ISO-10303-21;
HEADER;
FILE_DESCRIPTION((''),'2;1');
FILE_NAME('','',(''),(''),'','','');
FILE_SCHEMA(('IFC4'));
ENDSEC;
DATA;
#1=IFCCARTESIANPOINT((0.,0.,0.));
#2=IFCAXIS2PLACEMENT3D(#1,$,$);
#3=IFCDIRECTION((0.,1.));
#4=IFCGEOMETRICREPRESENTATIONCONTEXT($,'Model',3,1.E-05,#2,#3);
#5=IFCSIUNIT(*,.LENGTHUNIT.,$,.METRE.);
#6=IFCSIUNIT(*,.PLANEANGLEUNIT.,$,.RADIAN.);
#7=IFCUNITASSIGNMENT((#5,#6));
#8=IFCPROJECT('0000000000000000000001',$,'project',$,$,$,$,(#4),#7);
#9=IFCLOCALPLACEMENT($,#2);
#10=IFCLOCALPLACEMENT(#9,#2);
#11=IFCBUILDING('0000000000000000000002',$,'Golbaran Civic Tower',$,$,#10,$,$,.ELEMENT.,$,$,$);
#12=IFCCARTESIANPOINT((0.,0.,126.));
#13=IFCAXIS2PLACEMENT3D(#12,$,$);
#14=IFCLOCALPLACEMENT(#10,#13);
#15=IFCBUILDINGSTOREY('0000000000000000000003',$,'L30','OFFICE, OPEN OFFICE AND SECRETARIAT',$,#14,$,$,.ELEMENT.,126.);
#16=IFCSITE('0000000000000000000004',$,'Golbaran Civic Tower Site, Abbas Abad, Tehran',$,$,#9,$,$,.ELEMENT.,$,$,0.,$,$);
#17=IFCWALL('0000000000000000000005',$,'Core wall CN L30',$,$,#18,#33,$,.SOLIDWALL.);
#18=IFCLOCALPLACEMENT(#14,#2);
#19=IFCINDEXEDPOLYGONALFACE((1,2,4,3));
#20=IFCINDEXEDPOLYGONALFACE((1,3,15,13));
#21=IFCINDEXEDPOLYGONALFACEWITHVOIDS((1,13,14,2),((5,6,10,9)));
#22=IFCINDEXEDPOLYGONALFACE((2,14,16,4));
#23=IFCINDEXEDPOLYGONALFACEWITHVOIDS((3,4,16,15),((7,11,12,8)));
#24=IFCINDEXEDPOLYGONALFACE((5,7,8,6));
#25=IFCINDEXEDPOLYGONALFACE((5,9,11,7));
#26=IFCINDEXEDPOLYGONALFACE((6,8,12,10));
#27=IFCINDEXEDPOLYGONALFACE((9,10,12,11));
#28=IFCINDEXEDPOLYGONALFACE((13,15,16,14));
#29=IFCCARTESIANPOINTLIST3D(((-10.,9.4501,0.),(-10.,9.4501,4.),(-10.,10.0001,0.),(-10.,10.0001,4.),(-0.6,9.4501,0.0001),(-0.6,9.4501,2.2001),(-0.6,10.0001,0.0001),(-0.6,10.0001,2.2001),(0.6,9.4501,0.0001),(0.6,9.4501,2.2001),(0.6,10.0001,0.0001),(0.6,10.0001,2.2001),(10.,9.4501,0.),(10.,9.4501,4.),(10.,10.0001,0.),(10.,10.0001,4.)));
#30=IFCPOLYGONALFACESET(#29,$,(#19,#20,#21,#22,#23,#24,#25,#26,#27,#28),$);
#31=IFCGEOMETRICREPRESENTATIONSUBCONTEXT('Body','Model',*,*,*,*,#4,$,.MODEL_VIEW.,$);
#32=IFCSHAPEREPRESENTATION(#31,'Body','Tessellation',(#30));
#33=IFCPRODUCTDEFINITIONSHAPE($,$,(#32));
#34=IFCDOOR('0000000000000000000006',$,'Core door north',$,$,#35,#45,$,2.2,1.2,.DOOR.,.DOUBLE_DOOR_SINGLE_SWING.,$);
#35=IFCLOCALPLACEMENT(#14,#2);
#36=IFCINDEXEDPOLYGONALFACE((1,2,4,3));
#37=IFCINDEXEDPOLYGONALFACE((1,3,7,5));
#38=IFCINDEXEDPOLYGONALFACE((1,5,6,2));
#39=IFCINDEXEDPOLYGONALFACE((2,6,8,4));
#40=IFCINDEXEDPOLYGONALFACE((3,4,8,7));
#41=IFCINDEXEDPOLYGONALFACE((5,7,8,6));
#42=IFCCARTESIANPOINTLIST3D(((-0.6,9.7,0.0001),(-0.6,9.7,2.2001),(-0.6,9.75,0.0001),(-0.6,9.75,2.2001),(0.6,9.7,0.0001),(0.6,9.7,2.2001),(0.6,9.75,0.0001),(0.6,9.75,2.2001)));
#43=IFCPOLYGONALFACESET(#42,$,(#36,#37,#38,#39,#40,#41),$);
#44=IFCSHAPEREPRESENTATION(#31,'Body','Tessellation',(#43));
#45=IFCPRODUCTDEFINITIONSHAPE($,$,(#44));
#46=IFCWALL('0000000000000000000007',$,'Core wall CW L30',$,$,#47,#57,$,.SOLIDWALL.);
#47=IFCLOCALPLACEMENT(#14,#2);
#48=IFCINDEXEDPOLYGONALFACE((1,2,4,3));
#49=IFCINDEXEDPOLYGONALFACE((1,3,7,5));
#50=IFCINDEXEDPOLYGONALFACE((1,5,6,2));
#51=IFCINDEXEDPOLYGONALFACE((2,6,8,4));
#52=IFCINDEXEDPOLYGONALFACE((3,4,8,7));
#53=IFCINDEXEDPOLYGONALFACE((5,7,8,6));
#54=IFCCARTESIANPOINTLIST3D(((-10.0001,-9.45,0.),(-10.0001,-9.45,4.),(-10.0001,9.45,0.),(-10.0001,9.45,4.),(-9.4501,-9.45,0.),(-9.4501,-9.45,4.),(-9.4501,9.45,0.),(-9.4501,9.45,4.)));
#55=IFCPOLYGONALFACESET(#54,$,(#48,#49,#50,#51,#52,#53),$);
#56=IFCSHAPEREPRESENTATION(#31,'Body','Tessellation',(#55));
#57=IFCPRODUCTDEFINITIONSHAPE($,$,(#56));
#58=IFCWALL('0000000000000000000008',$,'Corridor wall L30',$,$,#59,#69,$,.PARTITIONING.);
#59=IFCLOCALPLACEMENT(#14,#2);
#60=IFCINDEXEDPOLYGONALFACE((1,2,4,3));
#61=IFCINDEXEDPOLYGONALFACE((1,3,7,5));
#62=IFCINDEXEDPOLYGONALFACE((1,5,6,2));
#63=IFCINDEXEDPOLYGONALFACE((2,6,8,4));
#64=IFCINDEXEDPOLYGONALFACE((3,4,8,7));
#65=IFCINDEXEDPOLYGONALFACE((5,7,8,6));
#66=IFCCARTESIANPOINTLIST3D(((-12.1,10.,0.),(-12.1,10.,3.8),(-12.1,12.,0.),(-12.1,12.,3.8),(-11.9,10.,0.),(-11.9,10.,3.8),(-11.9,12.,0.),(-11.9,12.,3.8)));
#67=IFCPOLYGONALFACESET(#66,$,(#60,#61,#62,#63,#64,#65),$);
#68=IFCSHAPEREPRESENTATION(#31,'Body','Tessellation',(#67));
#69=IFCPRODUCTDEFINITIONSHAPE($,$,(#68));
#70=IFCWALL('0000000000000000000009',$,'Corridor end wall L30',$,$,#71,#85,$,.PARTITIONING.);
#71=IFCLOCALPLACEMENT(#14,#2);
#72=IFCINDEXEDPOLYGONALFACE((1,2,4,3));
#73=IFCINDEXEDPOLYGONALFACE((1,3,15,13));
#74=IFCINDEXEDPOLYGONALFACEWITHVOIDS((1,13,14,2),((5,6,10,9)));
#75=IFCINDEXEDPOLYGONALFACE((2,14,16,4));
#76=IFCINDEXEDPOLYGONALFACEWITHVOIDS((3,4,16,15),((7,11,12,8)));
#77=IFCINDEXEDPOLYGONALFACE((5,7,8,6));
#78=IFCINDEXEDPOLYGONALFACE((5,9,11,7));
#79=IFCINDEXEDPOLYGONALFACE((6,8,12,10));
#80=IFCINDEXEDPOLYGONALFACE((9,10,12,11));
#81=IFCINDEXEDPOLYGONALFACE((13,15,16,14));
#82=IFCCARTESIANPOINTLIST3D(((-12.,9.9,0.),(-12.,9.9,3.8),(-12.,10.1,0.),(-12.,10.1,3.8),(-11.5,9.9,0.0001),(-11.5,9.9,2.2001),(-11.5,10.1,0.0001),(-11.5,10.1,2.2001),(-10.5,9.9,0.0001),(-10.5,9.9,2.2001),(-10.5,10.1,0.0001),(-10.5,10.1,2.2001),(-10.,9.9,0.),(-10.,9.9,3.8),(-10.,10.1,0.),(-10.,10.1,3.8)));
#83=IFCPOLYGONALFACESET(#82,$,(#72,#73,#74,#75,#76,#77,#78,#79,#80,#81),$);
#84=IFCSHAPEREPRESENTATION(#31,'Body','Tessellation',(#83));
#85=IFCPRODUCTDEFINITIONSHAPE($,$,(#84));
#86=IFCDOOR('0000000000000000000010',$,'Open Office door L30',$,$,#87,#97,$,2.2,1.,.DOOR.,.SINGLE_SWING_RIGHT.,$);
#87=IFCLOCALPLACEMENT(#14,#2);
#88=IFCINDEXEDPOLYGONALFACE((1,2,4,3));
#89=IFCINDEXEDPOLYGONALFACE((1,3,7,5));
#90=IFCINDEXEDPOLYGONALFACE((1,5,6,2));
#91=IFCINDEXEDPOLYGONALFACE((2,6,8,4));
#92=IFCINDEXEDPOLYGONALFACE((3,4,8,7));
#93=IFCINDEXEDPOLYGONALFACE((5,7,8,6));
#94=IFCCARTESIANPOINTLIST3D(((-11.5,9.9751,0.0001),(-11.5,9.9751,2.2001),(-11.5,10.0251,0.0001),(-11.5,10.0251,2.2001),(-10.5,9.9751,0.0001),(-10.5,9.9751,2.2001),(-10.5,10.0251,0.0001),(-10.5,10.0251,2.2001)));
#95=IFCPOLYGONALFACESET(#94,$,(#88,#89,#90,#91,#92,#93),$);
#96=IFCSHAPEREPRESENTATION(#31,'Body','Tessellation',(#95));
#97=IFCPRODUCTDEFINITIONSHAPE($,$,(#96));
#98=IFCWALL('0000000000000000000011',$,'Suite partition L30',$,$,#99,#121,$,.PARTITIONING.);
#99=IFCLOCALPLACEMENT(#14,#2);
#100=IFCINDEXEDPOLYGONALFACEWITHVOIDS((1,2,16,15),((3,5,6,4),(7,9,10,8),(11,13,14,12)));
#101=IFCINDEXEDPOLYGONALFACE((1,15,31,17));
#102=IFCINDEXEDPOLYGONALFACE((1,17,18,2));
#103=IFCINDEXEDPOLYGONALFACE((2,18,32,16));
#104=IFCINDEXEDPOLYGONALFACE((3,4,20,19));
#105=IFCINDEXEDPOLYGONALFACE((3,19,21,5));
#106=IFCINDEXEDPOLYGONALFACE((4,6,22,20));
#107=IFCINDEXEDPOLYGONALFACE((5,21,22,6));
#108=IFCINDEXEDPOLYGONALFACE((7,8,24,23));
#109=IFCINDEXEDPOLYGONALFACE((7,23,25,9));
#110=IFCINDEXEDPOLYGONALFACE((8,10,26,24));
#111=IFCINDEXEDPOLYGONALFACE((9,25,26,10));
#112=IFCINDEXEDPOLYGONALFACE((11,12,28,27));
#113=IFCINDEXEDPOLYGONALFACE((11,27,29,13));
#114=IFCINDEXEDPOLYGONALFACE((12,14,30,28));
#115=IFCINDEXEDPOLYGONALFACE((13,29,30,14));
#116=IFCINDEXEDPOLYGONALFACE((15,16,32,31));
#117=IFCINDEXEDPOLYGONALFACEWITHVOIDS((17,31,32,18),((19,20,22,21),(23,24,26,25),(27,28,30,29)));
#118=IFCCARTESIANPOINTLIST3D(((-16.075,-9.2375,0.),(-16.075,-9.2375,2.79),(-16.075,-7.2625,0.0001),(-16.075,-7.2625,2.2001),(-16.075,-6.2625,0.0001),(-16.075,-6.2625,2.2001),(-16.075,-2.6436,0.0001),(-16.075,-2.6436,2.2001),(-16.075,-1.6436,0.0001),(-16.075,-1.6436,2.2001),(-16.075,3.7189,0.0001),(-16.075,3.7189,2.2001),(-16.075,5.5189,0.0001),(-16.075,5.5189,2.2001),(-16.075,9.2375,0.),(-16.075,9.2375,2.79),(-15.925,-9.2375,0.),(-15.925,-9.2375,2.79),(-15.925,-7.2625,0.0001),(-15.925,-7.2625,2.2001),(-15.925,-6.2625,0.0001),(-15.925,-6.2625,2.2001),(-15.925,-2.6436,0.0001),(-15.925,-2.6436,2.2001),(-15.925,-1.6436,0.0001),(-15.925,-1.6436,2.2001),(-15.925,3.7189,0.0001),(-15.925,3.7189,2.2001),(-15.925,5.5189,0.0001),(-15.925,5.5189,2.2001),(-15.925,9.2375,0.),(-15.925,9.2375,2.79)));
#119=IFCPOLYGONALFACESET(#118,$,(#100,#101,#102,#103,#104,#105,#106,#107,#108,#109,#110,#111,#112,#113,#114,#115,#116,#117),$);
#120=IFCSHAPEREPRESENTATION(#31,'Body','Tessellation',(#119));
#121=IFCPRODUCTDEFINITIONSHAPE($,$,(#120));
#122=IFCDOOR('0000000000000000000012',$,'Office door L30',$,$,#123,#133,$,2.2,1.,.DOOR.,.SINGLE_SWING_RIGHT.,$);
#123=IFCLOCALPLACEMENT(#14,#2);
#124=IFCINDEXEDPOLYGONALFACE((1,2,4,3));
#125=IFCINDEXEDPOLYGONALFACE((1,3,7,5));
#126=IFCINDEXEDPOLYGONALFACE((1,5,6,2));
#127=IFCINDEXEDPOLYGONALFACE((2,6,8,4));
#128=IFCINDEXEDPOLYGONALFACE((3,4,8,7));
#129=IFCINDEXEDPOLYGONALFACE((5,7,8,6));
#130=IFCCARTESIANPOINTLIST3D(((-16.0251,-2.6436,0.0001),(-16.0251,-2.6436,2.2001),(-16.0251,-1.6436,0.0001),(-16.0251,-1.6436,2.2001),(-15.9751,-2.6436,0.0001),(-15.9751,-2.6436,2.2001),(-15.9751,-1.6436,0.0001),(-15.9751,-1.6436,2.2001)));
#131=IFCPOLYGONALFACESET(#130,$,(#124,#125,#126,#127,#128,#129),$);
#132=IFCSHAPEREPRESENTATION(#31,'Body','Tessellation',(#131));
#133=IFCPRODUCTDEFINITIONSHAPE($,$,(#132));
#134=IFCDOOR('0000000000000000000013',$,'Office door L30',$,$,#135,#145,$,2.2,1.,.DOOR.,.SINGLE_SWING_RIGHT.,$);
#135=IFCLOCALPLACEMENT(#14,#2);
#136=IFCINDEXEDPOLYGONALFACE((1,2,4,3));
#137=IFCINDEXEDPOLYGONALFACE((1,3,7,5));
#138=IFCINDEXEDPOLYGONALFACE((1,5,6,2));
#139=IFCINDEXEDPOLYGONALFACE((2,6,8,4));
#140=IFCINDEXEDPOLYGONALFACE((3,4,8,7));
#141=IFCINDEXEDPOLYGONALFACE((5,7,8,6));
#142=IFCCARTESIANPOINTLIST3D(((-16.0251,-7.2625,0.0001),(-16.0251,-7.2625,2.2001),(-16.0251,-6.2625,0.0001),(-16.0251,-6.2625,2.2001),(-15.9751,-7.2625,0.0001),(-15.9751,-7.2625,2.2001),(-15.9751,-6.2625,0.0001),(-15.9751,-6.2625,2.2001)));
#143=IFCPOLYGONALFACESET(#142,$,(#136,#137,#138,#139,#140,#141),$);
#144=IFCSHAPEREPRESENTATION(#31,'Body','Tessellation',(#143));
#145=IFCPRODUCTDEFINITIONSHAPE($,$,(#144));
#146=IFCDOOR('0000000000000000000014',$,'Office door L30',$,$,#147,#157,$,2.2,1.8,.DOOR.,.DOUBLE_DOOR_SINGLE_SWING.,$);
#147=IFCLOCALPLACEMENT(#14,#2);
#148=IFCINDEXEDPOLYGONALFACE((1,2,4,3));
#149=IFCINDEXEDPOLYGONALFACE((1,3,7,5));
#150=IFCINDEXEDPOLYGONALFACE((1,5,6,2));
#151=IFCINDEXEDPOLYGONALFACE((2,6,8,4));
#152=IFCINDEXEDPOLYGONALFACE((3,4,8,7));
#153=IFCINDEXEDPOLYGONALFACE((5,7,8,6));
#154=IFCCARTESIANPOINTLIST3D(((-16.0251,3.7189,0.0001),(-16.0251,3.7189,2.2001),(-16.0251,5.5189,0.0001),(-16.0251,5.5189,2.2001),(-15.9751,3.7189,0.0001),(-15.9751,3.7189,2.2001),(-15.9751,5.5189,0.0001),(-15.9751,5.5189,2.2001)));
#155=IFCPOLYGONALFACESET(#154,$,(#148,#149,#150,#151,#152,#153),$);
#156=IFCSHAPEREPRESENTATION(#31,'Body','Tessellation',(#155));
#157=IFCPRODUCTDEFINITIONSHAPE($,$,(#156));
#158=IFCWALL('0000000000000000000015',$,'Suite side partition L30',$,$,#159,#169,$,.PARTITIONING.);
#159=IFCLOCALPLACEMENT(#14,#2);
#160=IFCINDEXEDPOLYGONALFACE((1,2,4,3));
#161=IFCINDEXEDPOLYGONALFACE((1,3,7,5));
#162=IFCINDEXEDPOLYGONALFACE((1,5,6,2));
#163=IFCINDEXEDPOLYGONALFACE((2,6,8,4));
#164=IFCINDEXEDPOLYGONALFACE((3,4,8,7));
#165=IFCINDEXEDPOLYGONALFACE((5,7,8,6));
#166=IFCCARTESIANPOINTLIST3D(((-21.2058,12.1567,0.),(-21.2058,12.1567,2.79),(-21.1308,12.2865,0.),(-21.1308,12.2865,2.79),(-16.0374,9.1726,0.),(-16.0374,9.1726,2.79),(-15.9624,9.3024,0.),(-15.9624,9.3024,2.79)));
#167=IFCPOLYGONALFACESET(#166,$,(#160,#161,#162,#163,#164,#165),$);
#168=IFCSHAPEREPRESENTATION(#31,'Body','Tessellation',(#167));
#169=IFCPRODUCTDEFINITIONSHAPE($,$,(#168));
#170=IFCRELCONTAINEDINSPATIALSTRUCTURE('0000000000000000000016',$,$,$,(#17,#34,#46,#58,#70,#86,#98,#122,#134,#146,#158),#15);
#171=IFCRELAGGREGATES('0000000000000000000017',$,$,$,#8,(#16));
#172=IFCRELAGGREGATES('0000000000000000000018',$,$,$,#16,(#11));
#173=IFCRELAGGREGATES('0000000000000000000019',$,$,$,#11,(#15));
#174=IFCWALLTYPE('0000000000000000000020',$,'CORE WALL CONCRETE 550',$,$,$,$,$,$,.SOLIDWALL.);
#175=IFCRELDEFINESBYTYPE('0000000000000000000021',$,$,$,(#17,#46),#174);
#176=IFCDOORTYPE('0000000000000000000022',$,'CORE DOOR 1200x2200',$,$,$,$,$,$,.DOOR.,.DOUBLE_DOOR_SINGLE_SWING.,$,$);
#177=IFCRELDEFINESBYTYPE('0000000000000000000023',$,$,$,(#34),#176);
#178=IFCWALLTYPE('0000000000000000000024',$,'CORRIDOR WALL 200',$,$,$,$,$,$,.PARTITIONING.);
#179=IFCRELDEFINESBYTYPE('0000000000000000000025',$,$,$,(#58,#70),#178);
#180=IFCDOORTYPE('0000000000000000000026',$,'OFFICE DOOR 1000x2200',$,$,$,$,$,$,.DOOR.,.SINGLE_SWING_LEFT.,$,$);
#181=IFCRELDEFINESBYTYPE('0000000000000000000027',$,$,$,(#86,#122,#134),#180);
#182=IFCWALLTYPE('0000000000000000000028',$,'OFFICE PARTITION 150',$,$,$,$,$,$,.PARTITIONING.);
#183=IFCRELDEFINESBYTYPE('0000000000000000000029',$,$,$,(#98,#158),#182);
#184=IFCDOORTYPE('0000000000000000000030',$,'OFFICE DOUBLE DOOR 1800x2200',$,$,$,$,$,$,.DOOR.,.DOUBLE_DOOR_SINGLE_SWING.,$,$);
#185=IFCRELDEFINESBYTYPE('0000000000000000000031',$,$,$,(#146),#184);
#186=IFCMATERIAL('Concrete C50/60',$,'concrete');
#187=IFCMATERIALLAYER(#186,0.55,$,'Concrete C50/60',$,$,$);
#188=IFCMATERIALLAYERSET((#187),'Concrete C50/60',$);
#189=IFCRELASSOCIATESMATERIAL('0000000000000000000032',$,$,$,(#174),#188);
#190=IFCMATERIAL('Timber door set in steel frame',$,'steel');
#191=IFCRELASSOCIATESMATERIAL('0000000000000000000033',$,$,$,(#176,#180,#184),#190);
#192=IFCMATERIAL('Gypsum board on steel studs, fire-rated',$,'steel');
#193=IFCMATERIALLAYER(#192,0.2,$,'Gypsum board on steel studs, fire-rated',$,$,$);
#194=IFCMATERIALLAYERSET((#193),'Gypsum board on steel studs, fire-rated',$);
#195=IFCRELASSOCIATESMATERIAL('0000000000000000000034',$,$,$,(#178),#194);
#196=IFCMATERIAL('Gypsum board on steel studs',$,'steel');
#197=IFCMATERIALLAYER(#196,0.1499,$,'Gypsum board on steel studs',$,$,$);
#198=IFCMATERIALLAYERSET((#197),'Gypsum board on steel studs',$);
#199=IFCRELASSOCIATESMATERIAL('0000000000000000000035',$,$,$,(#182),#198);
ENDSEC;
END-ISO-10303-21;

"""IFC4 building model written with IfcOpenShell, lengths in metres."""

from ifc_helpers import new_model, si_unit, direction, frame, frame_2d, origin, place, context, subcontext, project, spatial, rectangle, extrude, material, layer, layer_set, type_object, element, fill, save


model = new_model("IFC4")

# Units and contexts
model_context = context("Model", 3, precision=1e-05, world=origin(), true_north=direction((0.0, 1.0)))
body_context = subcontext(model_context, "Body", "Model", "MODEL_VIEW")
ifc_project = project(units=[si_unit("LENGTHUNIT", "METRE"), si_unit("PLANEANGLEUNIT", "RADIAN")], contexts=[model_context])

# Site, building, storey
site_placement = place(None, origin())
site = spatial("IfcSite", under=ifc_project, at=site_placement, Name="Golbaran Civic Tower Site, Abbas Abad, Tehran", CompositionType="ELEMENT", RefElevation=0.0)
building_placement = place(site_placement, origin())
building = spatial("IfcBuilding", under=site, at=building_placement, Name="Golbaran Civic Tower", CompositionType="ELEMENT")
storey_placement = place(building_placement, frame((0.0, 0.0, 126.0)))
storey = spatial("IfcBuildingStorey", under=building, at=storey_placement, Name="L30", Description="OFFICE, OPEN OFFICE AND SECRETARIAT", CompositionType="ELEMENT", Elevation=126.0)

# Wall, opening, door
ifc_material_1 = material(Name="Concrete C50/60", Category="concrete")
ifc_layer_1 = layer(ifc_material_1, 0.55, Name="Concrete C50/60")
ifc_layer_set_1 = layer_set([ifc_layer_1], Name="Concrete C50/60")
wall_type_1 = type_object("IfcWallType", Name="CORE WALL CONCRETE 550", PredefinedType="SOLIDWALL", material=ifc_layer_set_1)
wall_1_placement = place(storey_placement, frame((-10.0, 9.7251, 0.0), z_axis=(0.0, 0.0, 1.0), x_axis=(1.0, 0.0, 0.0)))
wall_1 = element("IfcWall", 1, at=wall_1_placement, inside=storey, type_object=wall_type_1, Name="Core wall CN L30", PredefinedType="SOLIDWALL", context=body_context, shape_type="SweptSolid", body=[
    extrude(rectangle(XDim=20.0, YDim=0.55, at=frame_2d((10.0, 0.0))), origin(), (0.0, 0.0, 1.0), 4.0),
])
opening_1_placement = place(wall_1_placement, frame((9.3999, 0.0, 0.0)))
opening_1 = element("IfcOpeningElement", 2, at=opening_1_placement, cuts=wall_1, PredefinedType="OPENING", context=body_context, shape_type="SweptSolid", body=[
    extrude(rectangle(XDim=1.2, YDim=2.2, at=frame_2d((0.6001, 1.1001))), frame((0.0, 0.2849, 0.0), z_axis=(0.0, -1.0, 0.0), x_axis=(1.0, 0.0, 0.0)), (0.0, 0.0, 1.0), 0.5701),
])
ifc_material_2 = material(Name="Timber door set in steel frame", Category="steel")
door_type_1 = type_object("IfcDoorType", Name="CORE DOOR 1200x2200", OperationType="DOUBLE_DOOR_SINGLE_SWING", PredefinedType="DOOR", material=ifc_material_2)
door_1_placement = place(opening_1_placement, origin())
door_1 = element("IfcDoor", 3, at=door_1_placement, inside=storey, type_object=door_type_1, Name="Core door north", OperationType="DOUBLE_DOOR_SINGLE_SWING", OverallHeight=2.2, OverallWidth=1.2, PredefinedType="DOOR", context=body_context, shape_type="SweptSolid", body=[
    extrude(rectangle(XDim=1.2, YDim=2.2, at=frame_2d((0.6001, 1.1001))), frame((0.0, 0.0249, 0.0), z_axis=(0.0, -1.0, 0.0), x_axis=(1.0, 0.0, 0.0)), (0.0, 0.0, 1.0), 0.05),
])
fill(opening_1, door_1)

# Walls
wall_2_placement = place(storey_placement, frame((-9.7251, 9.45, 0.0), z_axis=(0.0, 0.0, 1.0), x_axis=(0.0, -1.0, 0.0)))
element("IfcWall", 4, at=wall_2_placement, inside=storey, type_object=wall_type_1, Name="Core wall CW L30", PredefinedType="SOLIDWALL", context=body_context, shape_type="SweptSolid", body=[
    extrude(rectangle(XDim=18.8999, YDim=0.55, at=frame_2d((9.45, 0.0))), origin(), (0.0, 0.0, 1.0), 4.0),
])
ifc_material_3 = material(Name="Gypsum board on steel studs, fire-rated", Category="steel")
ifc_layer_2 = layer(ifc_material_3, 0.2, Name="Gypsum board on steel studs, fire-rated")
ifc_layer_set_2 = layer_set([ifc_layer_2], Name="Gypsum board on steel studs, fire-rated")
wall_type_2 = type_object("IfcWallType", Name="CORRIDOR WALL 200", PredefinedType="PARTITIONING", material=ifc_layer_set_2)
wall_3_placement = place(storey_placement, frame((-12.0, 12.0, 0.0), z_axis=(0.0, 0.0, 1.0), x_axis=(0.0, -1.0, 0.0)))
element("IfcWall", 5, at=wall_3_placement, inside=storey, type_object=wall_type_2, Name="Corridor wall L30", PredefinedType="PARTITIONING", context=body_context, shape_type="SweptSolid", body=[
    extrude(rectangle(XDim=2.0, YDim=0.2, at=frame_2d((1.0, 0.0))), origin(), (0.0, 0.0, 1.0), 3.8),
])

# Wall, opening, door
wall_4_placement = place(storey_placement, frame((-10.0, 10.0, 0.0), z_axis=(0.0, 0.0, 1.0), x_axis=(-1.0, 0.0, 0.0)))
wall_4 = element("IfcWall", 6, at=wall_4_placement, inside=storey, type_object=wall_type_2, Name="Corridor end wall L30", PredefinedType="PARTITIONING", context=body_context, shape_type="SweptSolid", body=[
    extrude(rectangle(XDim=2.0, YDim=0.2, at=frame_2d((1.0, 0.0))), origin(), (0.0, 0.0, 1.0), 3.8),
])
opening_2_placement = place(wall_4_placement, frame((0.5, 0.0, 0.0)))
opening_2 = element("IfcOpeningElement", 7, at=opening_2_placement, cuts=wall_4, PredefinedType="OPENING", context=body_context, shape_type="SweptSolid", body=[
    extrude(rectangle(XDim=1.0, YDim=2.2, at=frame_2d((0.5, 1.1001))), frame((0.0, 0.1099, 0.0), z_axis=(0.0, -1.0, 0.0), x_axis=(1.0, 0.0, 0.0)), (0.0, 0.0, 1.0), 0.22),
])
door_type_2 = type_object("IfcDoorType", Name="OFFICE DOOR 1000x2200", OperationType="SINGLE_SWING_LEFT", PredefinedType="DOOR", material=ifc_material_2)
door_2_placement = place(opening_2_placement, origin())
door_2 = element("IfcDoor", 8, at=door_2_placement, inside=storey, type_object=door_type_2, Name="Open Office door L30", OperationType="SINGLE_SWING_RIGHT", OverallHeight=2.2, OverallWidth=1.0, PredefinedType="DOOR", context=body_context, shape_type="SweptSolid", body=[
    extrude(rectangle(XDim=1.0, YDim=2.2, at=frame_2d((0.5, 1.1001))), frame((0.0, 0.0249, 0.0), z_axis=(0.0, -1.0, 0.0), x_axis=(1.0, 0.0, 0.0)), (0.0, 0.0, 1.0), 0.05),
])
fill(opening_2, door_2)

# Wall, openings, doors
ifc_material_4 = material(Name="Gypsum board on steel studs", Category="steel")
ifc_layer_3 = layer(ifc_material_4, 0.1499, Name="Gypsum board on steel studs")
ifc_layer_set_3 = layer_set([ifc_layer_3], Name="Gypsum board on steel studs")
wall_type_3 = type_object("IfcWallType", Name="OFFICE PARTITION 150", PredefinedType="PARTITIONING", material=ifc_layer_set_3)
wall_5_placement = place(storey_placement, frame((-16.0, 9.2375, 0.0), z_axis=(0.0, 0.0, 1.0), x_axis=(0.0, -1.0, 0.0)))
wall_5 = element("IfcWall", 9, at=wall_5_placement, inside=storey, type_object=wall_type_3, Name="Suite partition L30", PredefinedType="PARTITIONING", context=body_context, shape_type="SweptSolid", body=[
    extrude(rectangle(XDim=18.4751, YDim=0.1499, at=frame_2d((9.2375, 0.0))), origin(), (0.0, 0.0, 1.0), 2.79),
])
opening_3_placement = place(wall_5_placement, frame((3.7188, 0.0, 0.0)))
opening_3 = element("IfcOpeningElement", 10, at=opening_3_placement, cuts=wall_5, PredefinedType="OPENING", context=body_context, shape_type="SweptSolid", body=[
    extrude(rectangle(XDim=1.8, YDim=2.2, at=frame_2d((0.8999, 1.1001))), frame((0.0, 0.085, 0.0), z_axis=(0.0, -1.0, 0.0), x_axis=(1.0, 0.0, 0.0)), (0.0, 0.0, 1.0), 0.1699),
])
opening_4_placement = place(wall_5_placement, frame((10.8811, 0.0, 0.0)))
opening_4 = element("IfcOpeningElement", 11, at=opening_4_placement, cuts=wall_5, PredefinedType="OPENING", context=body_context, shape_type="SweptSolid", body=[
    extrude(rectangle(XDim=1.0, YDim=2.2, at=frame_2d((0.5, 1.1001))), frame((0.0, 0.085, 0.0), z_axis=(0.0, -1.0, 0.0), x_axis=(1.0, 0.0, 0.0)), (0.0, 0.0, 1.0), 0.1699),
])
opening_5_placement = place(wall_5_placement, frame((15.5, 0.0, 0.0)))
opening_5 = element("IfcOpeningElement", 12, at=opening_5_placement, cuts=wall_5, PredefinedType="OPENING", context=body_context, shape_type="SweptSolid", body=[
    extrude(rectangle(XDim=1.0, YDim=2.2, at=frame_2d((0.5, 1.1001))), frame((0.0, 0.085, 0.0), z_axis=(0.0, -1.0, 0.0), x_axis=(1.0, 0.0, 0.0)), (0.0, 0.0, 1.0), 0.1699),
])
door_3_placement = place(opening_4_placement, origin())
door_3 = element("IfcDoor", 13, at=door_3_placement, inside=storey, type_object=door_type_2, Name="Office door L30", OperationType="SINGLE_SWING_RIGHT", OverallHeight=2.2, OverallWidth=1.0, PredefinedType="DOOR", context=body_context, shape_type="SweptSolid", body=[
    extrude(rectangle(XDim=1.0, YDim=2.2, at=frame_2d((0.5, 1.1001))), frame((0.0, 0.0249, 0.0), z_axis=(0.0, -1.0, 0.0), x_axis=(1.0, 0.0, 0.0)), (0.0, 0.0, 1.0), 0.05),
])
fill(opening_4, door_3)
door_4_placement = place(opening_5_placement, origin())
door_4 = element("IfcDoor", 14, at=door_4_placement, inside=storey, type_object=door_type_2, Name="Office door L30", OperationType="SINGLE_SWING_RIGHT", OverallHeight=2.2, OverallWidth=1.0, PredefinedType="DOOR", context=body_context, shape_type="SweptSolid", body=[
    extrude(rectangle(XDim=1.0, YDim=2.2, at=frame_2d((0.5, 1.1001))), frame((0.0, 0.0249, 0.0), z_axis=(0.0, -1.0, 0.0), x_axis=(1.0, 0.0, 0.0)), (0.0, 0.0, 1.0), 0.05),
])
fill(opening_5, door_4)
door_type_3 = type_object("IfcDoorType", Name="OFFICE DOUBLE DOOR 1800x2200", OperationType="DOUBLE_DOOR_SINGLE_SWING", PredefinedType="DOOR", material=ifc_material_2)
door_5_placement = place(opening_3_placement, origin())
door_5 = element("IfcDoor", 15, at=door_5_placement, inside=storey, type_object=door_type_3, Name="Office door L30", OperationType="DOUBLE_DOOR_SINGLE_SWING", OverallHeight=2.2, OverallWidth=1.8, PredefinedType="DOOR", context=body_context, shape_type="SweptSolid", body=[
    extrude(rectangle(XDim=1.8, YDim=2.2, at=frame_2d((0.8999, 1.1001))), frame((0.0, 0.0249, 0.0), z_axis=(0.0, -1.0, 0.0), x_axis=(1.0, 0.0, 0.0)), (0.0, 0.0, 1.0), 0.05),
])
fill(opening_3, door_5)

# Wall
wall_6_placement = place(storey_placement, frame((-16.0, 9.2375, 0.0), z_axis=(0.0, 0.0, 1.0), x_axis=(-0.866017, 0.500015, 0.0)))
element("IfcWall", 16, at=wall_6_placement, inside=storey, type_object=wall_type_3, Name="Suite side partition L30", PredefinedType="PARTITIONING", context=body_context, shape_type="SweptSolid", body=[
    extrude(rectangle(XDim=5.968, YDim=0.1499, at=frame_2d((2.9839, 0.0))), origin(), (0.0, 0.0, 1.0), 2.79),
])

save(model, "model.ifc")
